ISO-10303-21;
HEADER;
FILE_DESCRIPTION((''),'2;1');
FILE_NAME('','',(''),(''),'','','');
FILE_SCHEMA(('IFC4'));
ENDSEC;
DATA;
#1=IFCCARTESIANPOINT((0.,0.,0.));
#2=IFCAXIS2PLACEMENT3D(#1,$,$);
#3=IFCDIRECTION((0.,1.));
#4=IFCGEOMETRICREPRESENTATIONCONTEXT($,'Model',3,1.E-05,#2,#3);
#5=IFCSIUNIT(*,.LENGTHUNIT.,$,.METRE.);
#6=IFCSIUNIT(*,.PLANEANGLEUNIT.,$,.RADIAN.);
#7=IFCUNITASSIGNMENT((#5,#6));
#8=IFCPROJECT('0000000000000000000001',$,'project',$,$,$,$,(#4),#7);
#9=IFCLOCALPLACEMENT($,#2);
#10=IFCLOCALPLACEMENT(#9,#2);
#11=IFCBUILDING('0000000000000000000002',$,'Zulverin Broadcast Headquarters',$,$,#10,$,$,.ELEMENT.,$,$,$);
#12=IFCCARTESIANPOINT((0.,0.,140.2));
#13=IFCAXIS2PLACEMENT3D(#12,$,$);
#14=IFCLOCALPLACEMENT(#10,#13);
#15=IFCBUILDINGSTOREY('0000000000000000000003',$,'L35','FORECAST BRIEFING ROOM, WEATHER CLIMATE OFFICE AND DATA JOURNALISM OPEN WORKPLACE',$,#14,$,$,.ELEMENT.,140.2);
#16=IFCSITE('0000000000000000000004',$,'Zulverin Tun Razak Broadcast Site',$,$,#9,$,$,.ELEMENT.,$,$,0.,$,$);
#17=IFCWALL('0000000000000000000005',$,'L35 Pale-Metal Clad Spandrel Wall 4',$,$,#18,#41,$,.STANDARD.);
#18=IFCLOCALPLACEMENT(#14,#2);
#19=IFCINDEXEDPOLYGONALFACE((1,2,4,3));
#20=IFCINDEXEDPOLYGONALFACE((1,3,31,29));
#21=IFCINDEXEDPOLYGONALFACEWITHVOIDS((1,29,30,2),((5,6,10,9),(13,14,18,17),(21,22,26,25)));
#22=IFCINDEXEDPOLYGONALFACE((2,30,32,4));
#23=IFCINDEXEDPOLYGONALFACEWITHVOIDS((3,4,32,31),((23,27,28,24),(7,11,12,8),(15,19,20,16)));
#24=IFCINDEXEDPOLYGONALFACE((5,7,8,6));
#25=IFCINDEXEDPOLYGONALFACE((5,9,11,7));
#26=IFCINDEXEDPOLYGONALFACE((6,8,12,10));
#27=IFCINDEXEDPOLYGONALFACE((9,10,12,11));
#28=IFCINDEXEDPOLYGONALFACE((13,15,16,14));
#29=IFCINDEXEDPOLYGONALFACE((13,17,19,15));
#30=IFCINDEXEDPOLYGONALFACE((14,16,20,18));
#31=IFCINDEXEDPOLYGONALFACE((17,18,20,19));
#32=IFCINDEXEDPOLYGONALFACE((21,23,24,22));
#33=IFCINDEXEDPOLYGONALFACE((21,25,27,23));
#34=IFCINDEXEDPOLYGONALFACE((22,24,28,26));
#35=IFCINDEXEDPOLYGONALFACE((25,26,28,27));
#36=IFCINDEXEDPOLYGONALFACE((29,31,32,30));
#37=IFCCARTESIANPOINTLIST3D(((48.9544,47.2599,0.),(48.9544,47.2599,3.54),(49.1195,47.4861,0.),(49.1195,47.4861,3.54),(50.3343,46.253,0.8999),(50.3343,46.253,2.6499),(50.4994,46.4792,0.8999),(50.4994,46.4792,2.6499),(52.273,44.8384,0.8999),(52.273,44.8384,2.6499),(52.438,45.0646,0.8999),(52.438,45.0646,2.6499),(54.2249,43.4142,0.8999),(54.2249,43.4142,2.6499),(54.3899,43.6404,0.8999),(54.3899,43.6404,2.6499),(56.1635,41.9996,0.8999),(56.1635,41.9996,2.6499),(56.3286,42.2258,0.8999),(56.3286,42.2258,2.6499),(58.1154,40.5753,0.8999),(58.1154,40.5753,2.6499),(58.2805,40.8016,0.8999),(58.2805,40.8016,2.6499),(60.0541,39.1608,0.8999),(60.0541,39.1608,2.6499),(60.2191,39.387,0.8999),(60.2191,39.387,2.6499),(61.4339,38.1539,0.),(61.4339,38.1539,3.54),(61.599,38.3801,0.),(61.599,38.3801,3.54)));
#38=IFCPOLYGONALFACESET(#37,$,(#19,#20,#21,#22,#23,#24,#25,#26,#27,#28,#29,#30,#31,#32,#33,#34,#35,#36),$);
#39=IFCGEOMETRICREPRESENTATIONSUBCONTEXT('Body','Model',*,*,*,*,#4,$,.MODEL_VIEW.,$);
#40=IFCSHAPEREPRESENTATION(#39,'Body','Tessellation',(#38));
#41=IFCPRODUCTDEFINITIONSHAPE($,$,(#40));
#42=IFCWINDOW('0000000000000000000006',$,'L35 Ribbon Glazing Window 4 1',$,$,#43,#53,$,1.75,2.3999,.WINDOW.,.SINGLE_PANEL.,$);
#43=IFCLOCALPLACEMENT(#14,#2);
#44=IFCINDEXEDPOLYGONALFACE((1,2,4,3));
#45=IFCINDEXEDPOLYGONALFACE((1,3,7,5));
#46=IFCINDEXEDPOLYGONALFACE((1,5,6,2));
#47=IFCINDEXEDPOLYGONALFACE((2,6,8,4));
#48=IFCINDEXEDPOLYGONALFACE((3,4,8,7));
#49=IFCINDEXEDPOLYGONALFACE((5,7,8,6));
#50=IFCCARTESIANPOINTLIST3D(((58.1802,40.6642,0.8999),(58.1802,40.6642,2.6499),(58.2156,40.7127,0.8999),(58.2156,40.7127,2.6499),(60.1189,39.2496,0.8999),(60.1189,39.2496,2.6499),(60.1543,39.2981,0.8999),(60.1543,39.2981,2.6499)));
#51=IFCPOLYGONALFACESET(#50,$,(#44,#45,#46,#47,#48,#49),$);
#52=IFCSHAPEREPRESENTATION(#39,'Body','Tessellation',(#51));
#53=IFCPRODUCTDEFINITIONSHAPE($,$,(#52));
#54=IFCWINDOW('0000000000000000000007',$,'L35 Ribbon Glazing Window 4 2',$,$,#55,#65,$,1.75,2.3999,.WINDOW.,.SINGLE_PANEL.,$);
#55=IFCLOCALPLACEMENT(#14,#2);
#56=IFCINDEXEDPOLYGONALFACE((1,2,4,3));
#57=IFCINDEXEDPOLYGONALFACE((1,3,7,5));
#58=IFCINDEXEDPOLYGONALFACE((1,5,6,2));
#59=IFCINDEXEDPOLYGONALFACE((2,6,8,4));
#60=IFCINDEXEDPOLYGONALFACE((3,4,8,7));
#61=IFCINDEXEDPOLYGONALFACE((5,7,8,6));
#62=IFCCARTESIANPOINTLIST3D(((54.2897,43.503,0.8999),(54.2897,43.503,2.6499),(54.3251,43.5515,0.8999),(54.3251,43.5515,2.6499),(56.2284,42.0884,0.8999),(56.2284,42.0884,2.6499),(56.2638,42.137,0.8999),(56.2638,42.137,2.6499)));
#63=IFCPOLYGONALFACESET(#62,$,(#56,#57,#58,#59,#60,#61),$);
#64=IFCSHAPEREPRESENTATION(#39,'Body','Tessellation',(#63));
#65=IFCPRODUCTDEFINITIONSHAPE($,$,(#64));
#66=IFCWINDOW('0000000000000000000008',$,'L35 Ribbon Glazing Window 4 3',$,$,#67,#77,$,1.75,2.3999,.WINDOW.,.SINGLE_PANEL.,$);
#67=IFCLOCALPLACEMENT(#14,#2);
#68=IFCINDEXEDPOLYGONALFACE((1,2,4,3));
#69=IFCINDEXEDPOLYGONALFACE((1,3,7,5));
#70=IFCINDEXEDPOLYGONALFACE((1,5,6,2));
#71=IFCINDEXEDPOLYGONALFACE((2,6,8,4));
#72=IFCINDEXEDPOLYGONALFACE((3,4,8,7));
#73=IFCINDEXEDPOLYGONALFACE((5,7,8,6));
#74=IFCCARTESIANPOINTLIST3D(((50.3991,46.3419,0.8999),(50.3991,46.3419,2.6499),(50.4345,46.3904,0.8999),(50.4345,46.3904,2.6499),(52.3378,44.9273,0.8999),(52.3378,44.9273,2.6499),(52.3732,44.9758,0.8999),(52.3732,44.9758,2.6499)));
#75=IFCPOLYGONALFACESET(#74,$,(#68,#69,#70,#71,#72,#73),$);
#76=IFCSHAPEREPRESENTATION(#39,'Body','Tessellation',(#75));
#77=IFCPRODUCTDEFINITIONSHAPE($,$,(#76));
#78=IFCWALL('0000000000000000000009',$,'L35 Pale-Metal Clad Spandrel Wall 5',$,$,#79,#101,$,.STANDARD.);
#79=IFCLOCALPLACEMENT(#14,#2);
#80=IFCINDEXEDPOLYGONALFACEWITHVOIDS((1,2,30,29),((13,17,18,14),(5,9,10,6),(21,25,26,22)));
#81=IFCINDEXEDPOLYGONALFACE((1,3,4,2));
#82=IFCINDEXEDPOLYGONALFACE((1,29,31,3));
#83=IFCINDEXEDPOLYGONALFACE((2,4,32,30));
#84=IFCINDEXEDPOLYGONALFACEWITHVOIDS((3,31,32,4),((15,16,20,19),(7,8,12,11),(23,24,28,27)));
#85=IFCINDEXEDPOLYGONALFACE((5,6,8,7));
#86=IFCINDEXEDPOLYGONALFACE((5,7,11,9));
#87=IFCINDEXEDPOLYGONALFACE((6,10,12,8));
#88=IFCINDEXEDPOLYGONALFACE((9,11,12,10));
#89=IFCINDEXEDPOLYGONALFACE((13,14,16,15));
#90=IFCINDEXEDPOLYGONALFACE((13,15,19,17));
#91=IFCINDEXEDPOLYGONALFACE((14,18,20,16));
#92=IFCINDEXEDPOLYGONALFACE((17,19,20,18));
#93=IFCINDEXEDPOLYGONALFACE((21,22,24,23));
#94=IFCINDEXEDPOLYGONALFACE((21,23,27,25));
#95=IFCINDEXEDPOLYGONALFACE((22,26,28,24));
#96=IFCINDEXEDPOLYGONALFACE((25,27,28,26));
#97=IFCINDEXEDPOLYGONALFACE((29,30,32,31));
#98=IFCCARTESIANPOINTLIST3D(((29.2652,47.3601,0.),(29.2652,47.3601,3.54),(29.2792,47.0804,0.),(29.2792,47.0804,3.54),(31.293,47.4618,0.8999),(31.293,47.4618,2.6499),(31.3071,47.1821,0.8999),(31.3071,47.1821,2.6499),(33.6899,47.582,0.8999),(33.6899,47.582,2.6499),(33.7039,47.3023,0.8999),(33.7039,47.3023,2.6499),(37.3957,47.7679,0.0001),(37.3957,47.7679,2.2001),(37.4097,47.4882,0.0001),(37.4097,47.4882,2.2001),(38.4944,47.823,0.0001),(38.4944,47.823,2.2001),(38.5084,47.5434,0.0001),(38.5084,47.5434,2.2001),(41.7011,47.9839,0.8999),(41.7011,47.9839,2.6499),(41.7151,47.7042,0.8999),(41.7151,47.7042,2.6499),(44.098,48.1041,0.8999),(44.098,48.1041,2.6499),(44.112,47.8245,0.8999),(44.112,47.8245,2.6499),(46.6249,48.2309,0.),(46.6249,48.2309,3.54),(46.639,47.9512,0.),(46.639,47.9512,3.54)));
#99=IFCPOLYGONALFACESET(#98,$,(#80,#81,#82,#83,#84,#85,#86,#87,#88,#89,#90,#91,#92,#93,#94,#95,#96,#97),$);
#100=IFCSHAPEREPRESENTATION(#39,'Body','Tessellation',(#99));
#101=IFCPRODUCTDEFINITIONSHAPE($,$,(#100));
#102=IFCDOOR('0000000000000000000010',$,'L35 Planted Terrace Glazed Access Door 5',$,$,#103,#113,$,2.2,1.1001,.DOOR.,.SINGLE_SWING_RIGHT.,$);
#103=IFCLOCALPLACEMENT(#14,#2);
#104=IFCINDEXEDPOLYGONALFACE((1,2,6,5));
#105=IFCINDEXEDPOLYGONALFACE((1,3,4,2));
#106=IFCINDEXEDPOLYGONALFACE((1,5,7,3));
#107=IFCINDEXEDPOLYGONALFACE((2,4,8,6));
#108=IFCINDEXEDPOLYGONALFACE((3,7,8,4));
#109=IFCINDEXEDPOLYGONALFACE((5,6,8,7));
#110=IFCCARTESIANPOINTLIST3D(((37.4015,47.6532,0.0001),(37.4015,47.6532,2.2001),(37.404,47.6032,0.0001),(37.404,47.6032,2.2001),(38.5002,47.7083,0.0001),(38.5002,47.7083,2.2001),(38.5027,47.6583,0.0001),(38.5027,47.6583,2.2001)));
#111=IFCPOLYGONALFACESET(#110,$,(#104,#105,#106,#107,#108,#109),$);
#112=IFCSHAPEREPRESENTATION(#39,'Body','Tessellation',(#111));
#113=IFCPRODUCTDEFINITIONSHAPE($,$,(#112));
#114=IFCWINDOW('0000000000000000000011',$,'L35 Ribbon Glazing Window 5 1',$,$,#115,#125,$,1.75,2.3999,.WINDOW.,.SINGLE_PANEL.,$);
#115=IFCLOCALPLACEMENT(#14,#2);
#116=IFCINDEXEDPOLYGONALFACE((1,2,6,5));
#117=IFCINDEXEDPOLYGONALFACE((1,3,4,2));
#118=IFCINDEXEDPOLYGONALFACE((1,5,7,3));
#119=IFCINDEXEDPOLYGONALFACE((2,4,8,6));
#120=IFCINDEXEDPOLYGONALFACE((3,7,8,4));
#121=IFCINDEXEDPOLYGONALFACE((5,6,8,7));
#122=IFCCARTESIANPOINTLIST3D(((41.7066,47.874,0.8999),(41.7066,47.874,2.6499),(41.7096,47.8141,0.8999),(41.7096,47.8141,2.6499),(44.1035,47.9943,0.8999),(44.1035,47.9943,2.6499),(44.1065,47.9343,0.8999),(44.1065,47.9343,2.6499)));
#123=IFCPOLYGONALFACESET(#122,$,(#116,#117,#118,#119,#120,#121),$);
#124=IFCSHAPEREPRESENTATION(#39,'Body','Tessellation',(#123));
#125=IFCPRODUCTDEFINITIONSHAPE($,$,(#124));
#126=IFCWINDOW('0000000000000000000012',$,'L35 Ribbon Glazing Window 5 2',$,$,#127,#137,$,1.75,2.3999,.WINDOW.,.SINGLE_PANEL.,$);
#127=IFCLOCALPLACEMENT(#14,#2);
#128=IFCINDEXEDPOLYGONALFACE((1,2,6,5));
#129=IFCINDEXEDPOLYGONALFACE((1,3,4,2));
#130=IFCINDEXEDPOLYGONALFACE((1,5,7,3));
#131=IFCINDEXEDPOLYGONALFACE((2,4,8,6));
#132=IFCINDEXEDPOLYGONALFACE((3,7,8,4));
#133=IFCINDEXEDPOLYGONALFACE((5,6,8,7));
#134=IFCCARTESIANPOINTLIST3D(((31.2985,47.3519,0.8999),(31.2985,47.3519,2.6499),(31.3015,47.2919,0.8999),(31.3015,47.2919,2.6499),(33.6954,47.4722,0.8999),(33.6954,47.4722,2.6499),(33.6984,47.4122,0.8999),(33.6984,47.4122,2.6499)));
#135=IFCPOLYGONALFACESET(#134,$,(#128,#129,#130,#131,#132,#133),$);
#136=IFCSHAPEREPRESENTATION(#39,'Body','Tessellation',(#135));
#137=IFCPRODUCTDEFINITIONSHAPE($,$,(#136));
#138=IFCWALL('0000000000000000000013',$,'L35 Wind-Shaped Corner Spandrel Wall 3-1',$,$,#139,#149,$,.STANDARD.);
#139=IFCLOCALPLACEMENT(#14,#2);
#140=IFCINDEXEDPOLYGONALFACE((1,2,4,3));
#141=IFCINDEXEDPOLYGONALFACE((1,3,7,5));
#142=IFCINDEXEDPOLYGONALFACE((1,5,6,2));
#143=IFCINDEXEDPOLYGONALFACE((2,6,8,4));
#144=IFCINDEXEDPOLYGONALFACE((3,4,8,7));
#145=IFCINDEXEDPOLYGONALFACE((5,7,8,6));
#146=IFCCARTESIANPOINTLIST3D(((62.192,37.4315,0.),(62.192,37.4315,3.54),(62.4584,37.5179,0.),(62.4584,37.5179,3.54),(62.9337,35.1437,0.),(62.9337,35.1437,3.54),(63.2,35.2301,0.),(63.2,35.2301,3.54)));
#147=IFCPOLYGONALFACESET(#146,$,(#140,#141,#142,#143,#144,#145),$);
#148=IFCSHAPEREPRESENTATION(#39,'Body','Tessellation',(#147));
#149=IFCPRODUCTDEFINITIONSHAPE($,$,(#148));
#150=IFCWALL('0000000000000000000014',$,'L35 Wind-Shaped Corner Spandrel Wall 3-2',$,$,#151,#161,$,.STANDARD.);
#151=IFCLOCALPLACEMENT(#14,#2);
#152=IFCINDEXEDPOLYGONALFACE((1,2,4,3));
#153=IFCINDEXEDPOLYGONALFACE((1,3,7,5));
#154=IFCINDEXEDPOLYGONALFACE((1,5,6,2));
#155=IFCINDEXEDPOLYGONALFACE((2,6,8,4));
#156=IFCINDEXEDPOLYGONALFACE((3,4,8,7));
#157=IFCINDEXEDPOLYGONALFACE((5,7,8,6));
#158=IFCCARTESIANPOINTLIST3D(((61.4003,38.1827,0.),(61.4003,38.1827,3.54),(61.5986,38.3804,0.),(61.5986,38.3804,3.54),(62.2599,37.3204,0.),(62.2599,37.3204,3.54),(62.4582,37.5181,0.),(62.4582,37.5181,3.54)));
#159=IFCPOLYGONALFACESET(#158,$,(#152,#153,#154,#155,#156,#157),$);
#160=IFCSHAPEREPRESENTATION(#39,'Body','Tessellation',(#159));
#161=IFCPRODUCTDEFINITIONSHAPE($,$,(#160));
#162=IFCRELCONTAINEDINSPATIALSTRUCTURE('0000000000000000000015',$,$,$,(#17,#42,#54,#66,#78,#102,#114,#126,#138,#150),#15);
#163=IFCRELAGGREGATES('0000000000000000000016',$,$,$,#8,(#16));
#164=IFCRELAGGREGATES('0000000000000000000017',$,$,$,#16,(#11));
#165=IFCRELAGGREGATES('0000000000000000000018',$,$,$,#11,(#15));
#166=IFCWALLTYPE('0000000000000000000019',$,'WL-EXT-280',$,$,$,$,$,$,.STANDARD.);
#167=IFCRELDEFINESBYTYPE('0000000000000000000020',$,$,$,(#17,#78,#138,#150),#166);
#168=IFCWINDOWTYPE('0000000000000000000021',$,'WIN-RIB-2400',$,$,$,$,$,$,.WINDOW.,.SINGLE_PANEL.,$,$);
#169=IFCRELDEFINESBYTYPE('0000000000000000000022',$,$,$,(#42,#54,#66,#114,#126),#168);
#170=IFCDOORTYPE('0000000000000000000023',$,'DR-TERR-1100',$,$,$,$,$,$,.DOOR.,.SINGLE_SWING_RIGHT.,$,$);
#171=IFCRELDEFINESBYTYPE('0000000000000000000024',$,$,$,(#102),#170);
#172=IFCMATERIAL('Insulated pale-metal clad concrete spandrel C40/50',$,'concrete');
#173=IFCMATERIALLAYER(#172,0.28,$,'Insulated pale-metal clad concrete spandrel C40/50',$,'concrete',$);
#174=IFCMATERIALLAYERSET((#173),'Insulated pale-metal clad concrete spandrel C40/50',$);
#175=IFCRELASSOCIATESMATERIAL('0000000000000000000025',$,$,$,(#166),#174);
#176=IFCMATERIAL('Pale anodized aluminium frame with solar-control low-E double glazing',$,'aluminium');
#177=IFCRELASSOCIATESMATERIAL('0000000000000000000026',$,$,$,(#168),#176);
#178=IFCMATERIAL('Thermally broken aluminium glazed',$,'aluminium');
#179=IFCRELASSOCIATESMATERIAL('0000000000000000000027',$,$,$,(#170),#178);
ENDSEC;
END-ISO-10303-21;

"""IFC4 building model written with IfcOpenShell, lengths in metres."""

from ifc_helpers import new_model, si_unit, direction, frame, frame_2d, origin, place, context, subcontext, project, spatial, rectangle, extrude, material, layer, layer_set, type_object, element, fill, save


model = new_model("IFC4")

# Units and contexts
model_context = context("Model", 3, precision=1e-05, world=origin(), true_north=direction((0.0, 1.0)))
body_context = subcontext(model_context, "Body", "Model", "MODEL_VIEW")
ifc_project = project(units=[si_unit("LENGTHUNIT", "METRE"), si_unit("PLANEANGLEUNIT", "RADIAN")], contexts=[model_context])

# Site, building, storey
site_placement = place(None, origin())
site = spatial("IfcSite", under=ifc_project, at=site_placement, Name="Zulverin Tun Razak Broadcast Site", CompositionType="ELEMENT", RefElevation=0.0)
building_placement = place(site_placement, origin())
building = spatial("IfcBuilding", under=site, at=building_placement, Name="Zulverin Broadcast Headquarters", CompositionType="ELEMENT")
storey_placement = place(building_placement, frame((0.0, 0.0, 140.2)))
storey = spatial("IfcBuildingStorey", under=building, at=storey_placement, Name="L35", Description="FORECAST BRIEFING ROOM, WEATHER CLIMATE OFFICE AND DATA JOURNALISM OPEN WORKPLACE", CompositionType="ELEMENT", Elevation=140.2)

# Wall, openings, windows
ifc_material_1 = material(Name="Insulated pale-metal clad concrete spandrel C40/50", Category="concrete")
ifc_layer_1 = layer(ifc_material_1, 0.28, Name="Insulated pale-metal clad concrete spandrel C40/50", Category="concrete")
ifc_layer_set_1 = layer_set([ifc_layer_1], Name="Insulated pale-metal clad concrete spandrel C40/50")
wall_type = type_object("IfcWallType", Name="WL-EXT-280", PredefinedType="STANDARD", material=ifc_layer_set_1)
wall_1_placement = place(storey_placement, frame((61.5164, 38.2671, 0.0), z_axis=(0.0, 0.0, 1.0), x_axis=(-0.807813, 0.58944, 0.0)))
wall_1 = element("IfcWall", 1, at=wall_1_placement, inside=storey, type_object=wall_type, Name="L35 Pale-Metal Clad Spandrel Wall 4", PredefinedType="STANDARD", context=body_context, shape_type="SweptSolid", body=[
    extrude(rectangle(XDim=15.4485, YDim=0.28, at=frame_2d((7.7241, 0.0))), origin(), (0.0, 0.0, 1.0), 3.54),
])
opening_1_placement = place(wall_1_placement, frame((1.708, 0.0, 0.8999)))
opening_1 = element("IfcOpeningElement", 2, at=opening_1_placement, cuts=wall_1, PredefinedType="OPENING", context=body_context, shape_type="SweptSolid", body=[
    extrude(rectangle(XDim=2.3999, YDim=1.75, at=frame_2d((1.2, 0.875))), frame((0.0, 0.1499, 0.0), z_axis=(0.0, -1.0, 0.0), x_axis=(1.0, 0.0, 0.0)), (0.0, 0.0, 1.0), 0.3),
])
opening_2_placement = place(wall_1_placement, frame((6.5242, 0.0, 0.8999)))
opening_2 = element("IfcOpeningElement", 3, at=opening_2_placement, cuts=wall_1, PredefinedType="OPENING", context=body_context, shape_type="SweptSolid", body=[
    extrude(rectangle(XDim=2.3999, YDim=1.75, at=frame_2d((1.2, 0.875))), frame((0.0, 0.1499, 0.0), z_axis=(0.0, -1.0, 0.0), x_axis=(1.0, 0.0, 0.0)), (0.0, 0.0, 1.0), 0.3),
])
opening_3_placement = place(wall_1_placement, frame((11.3403, 0.0, 0.8999)))
opening_3 = element("IfcOpeningElement", 4, at=opening_3_placement, cuts=wall_1, PredefinedType="OPENING", context=body_context, shape_type="SweptSolid", body=[
    extrude(rectangle(XDim=2.3999, YDim=1.75, at=frame_2d((1.2, 0.875))), frame((0.0, 0.1499, 0.0), z_axis=(0.0, -1.0, 0.0), x_axis=(1.0, 0.0, 0.0)), (0.0, 0.0, 1.0), 0.3),
])
ifc_material_2 = material(Name="Pale anodized aluminium frame with solar-control low-E double glazing", Category="aluminium")
window_type = type_object("IfcWindowType", Name="WIN-RIB-2400", PartitioningType="SINGLE_PANEL", PredefinedType="WINDOW", material=ifc_material_2)
window_1_placement = place(opening_1_placement, origin())
window_1 = element("IfcWindow", 5, at=window_1_placement, inside=storey, type_object=window_type, Name="L35 Ribbon Glazing Window 4 1", OverallHeight=1.75, OverallWidth=2.3999, PartitioningType="SINGLE_PANEL", PredefinedType="WINDOW", context=body_context, shape_type="SweptSolid", body=[
    extrude(rectangle(XDim=2.3999, YDim=1.75, at=frame_2d((1.2, 0.875))), frame((0.0, 0.03, 0.0), z_axis=(0.0, -1.0, 0.0), x_axis=(1.0, 0.0, 0.0)), (0.0, 0.0, 1.0), 0.0601),
])
fill(opening_1, window_1)
window_2_placement = place(opening_2_placement, origin())
window_2 = element("IfcWindow", 6, at=window_2_placement, inside=storey, type_object=window_type, Name="L35 Ribbon Glazing Window 4 2", OverallHeight=1.75, OverallWidth=2.3999, PartitioningType="SINGLE_PANEL", PredefinedType="WINDOW", context=body_context, shape_type="SweptSolid", body=[
    extrude(rectangle(XDim=2.3999, YDim=1.75, at=frame_2d((1.2, 0.875))), frame((0.0, 0.03, 0.0), z_axis=(0.0, -1.0, 0.0), x_axis=(1.0, 0.0, 0.0)), (0.0, 0.0, 1.0), 0.0601),
])
fill(opening_2, window_2)
window_3_placement = place(opening_3_placement, origin())
window_3 = element("IfcWindow", 7, at=window_3_placement, inside=storey, type_object=window_type, Name="L35 Ribbon Glazing Window 4 3", OverallHeight=1.75, OverallWidth=2.3999, PartitioningType="SINGLE_PANEL", PredefinedType="WINDOW", context=body_context, shape_type="SweptSolid", body=[
    extrude(rectangle(XDim=2.3999, YDim=1.75, at=frame_2d((1.2, 0.875))), frame((0.0, 0.03, 0.0), z_axis=(0.0, -1.0, 0.0), x_axis=(1.0, 0.0, 0.0)), (0.0, 0.0, 1.0), 0.0601),
])
fill(opening_3, window_3)

# Wall, openings, door, windows
wall_2_placement = place(storey_placement, frame((46.6321, 48.0911, 0.0), z_axis=(0.0, 0.0, 1.0), x_axis=(-0.998744, -0.050102, 0.0)))
wall_2 = element("IfcWall", 8, at=wall_2_placement, inside=storey, type_object=wall_type, Name="L35 Pale-Metal Clad Spandrel Wall 5", PredefinedType="STANDARD", context=body_context, shape_type="SweptSolid", body=[
    extrude(rectangle(XDim=17.3816, YDim=0.28, at=frame_2d((8.6909, 0.0))), origin(), (0.0, 0.0, 1.0), 3.54),
])
opening_4_placement = place(wall_2_placement, frame((8.1409, 0.0, 0.0)))
opening_4 = element("IfcOpeningElement", 9, at=opening_4_placement, cuts=wall_2, PredefinedType="OPENING", context=body_context, shape_type="SweptSolid", body=[
    extrude(rectangle(XDim=1.1001, YDim=2.2, at=frame_2d((0.55, 1.1001))), frame((0.0, 0.1499, 0.0), z_axis=(0.0, -1.0, 0.0), x_axis=(1.0, 0.0, 0.0)), (0.0, 0.0, 1.0), 0.3),
])
opening_5_placement = place(wall_2_placement, frame((2.5303, 0.0, 0.8999)))
opening_5 = element("IfcOpeningElement", 10, at=opening_5_placement, cuts=wall_2, PredefinedType="OPENING", context=body_context, shape_type="SweptSolid", body=[
    extrude(rectangle(XDim=2.3999, YDim=1.75, at=frame_2d((1.2, 0.875))), frame((0.0, 0.1499, 0.0), z_axis=(0.0, -1.0, 0.0), x_axis=(1.0, 0.0, 0.0)), (0.0, 0.0, 1.0), 0.3),
])
opening_6_placement = place(wall_2_placement, frame((12.9514, 0.0, 0.8999)))
opening_6 = element("IfcOpeningElement", 11, at=opening_6_placement, cuts=wall_2, PredefinedType="OPENING", context=body_context, shape_type="SweptSolid", body=[
    extrude(rectangle(XDim=2.3999, YDim=1.75, at=frame_2d((1.2, 0.875))), frame((0.0, 0.1499, 0.0), z_axis=(0.0, -1.0, 0.0), x_axis=(1.0, 0.0, 0.0)), (0.0, 0.0, 1.0), 0.3),
])
ifc_material_3 = material(Name="Thermally broken aluminium glazed", Category="aluminium")
door_type = type_object("IfcDoorType", Name="DR-TERR-1100", OperationType="SINGLE_SWING_RIGHT", PredefinedType="DOOR", material=ifc_material_3)
door_placement = place(opening_4_placement, origin())
door = element("IfcDoor", 12, at=door_placement, inside=storey, type_object=door_type, Name="L35 Planted Terrace Glazed Access Door 5", OperationType="SINGLE_SWING_RIGHT", OverallHeight=2.2, OverallWidth=1.1001, PredefinedType="DOOR", context=body_context, shape_type="SweptSolid", body=[
    extrude(rectangle(XDim=1.1001, YDim=2.2, at=frame_2d((0.55, 1.1001))), frame((0.0, 0.0249, 0.0), z_axis=(0.0, -1.0, 0.0), x_axis=(1.0, 0.0, 0.0)), (0.0, 0.0, 1.0), 0.05),
])
fill(opening_4, door)
window_4_placement = place(opening_5_placement, origin())
window_4 = element("IfcWindow", 13, at=window_4_placement, inside=storey, type_object=window_type, Name="L35 Ribbon Glazing Window 5 1", OverallHeight=1.75, OverallWidth=2.3999, PartitioningType="SINGLE_PANEL", PredefinedType="WINDOW", context=body_context, shape_type="SweptSolid", body=[
    extrude(rectangle(XDim=2.3999, YDim=1.75, at=frame_2d((1.2, 0.875))), frame((0.0, 0.03, 0.0), z_axis=(0.0, -1.0, 0.0), x_axis=(1.0, 0.0, 0.0)), (0.0, 0.0, 1.0), 0.0601),
])
fill(opening_5, window_4)
window_5_placement = place(opening_6_placement, origin())
window_5 = element("IfcWindow", 14, at=window_5_placement, inside=storey, type_object=window_type, Name="L35 Ribbon Glazing Window 5 2", OverallHeight=1.75, OverallWidth=2.3999, PartitioningType="SINGLE_PANEL", PredefinedType="WINDOW", context=body_context, shape_type="SweptSolid", body=[
    extrude(rectangle(XDim=2.3999, YDim=1.75, at=frame_2d((1.2, 0.875))), frame((0.0, 0.03, 0.0), z_axis=(0.0, -1.0, 0.0), x_axis=(1.0, 0.0, 0.0)), (0.0, 0.0, 1.0), 0.0601),
])
fill(opening_6, window_5)

# Walls
wall_3_placement = place(storey_placement, frame((63.0669, 35.1868, 0.0), z_axis=(0.0, 0.0, 1.0), x_axis=(-0.308391, 0.95126, 0.0)))
element("IfcWall", 15, at=wall_3_placement, inside=storey, type_object=wall_type, Name="L35 Wind-Shaped Corner Spandrel Wall 3-1", PredefinedType="STANDARD", context=body_context, shape_type="SweptSolid", body=[
    extrude(rectangle(XDim=2.405, YDim=0.28, at=frame_2d((1.2026, 0.0))), origin(), (0.0, 0.0, 1.0), 3.54),
])
wall_4_placement = place(storey_placement, frame((62.3591, 37.4192, 0.0), z_axis=(0.0, 0.0, 1.0), x_axis=(-0.706003, 0.708209, 0.0)))
element("IfcWall", 16, at=wall_4_placement, inside=storey, type_object=wall_type, Name="L35 Wind-Shaped Corner Spandrel Wall 3-2", PredefinedType="STANDARD", context=body_context, shape_type="SweptSolid", body=[
    extrude(rectangle(XDim=1.2175, YDim=0.28, at=frame_2d((0.6089, 0.0))), origin(), (0.0, 0.0, 1.0), 3.54),
])

save(model, "model.ifc")
